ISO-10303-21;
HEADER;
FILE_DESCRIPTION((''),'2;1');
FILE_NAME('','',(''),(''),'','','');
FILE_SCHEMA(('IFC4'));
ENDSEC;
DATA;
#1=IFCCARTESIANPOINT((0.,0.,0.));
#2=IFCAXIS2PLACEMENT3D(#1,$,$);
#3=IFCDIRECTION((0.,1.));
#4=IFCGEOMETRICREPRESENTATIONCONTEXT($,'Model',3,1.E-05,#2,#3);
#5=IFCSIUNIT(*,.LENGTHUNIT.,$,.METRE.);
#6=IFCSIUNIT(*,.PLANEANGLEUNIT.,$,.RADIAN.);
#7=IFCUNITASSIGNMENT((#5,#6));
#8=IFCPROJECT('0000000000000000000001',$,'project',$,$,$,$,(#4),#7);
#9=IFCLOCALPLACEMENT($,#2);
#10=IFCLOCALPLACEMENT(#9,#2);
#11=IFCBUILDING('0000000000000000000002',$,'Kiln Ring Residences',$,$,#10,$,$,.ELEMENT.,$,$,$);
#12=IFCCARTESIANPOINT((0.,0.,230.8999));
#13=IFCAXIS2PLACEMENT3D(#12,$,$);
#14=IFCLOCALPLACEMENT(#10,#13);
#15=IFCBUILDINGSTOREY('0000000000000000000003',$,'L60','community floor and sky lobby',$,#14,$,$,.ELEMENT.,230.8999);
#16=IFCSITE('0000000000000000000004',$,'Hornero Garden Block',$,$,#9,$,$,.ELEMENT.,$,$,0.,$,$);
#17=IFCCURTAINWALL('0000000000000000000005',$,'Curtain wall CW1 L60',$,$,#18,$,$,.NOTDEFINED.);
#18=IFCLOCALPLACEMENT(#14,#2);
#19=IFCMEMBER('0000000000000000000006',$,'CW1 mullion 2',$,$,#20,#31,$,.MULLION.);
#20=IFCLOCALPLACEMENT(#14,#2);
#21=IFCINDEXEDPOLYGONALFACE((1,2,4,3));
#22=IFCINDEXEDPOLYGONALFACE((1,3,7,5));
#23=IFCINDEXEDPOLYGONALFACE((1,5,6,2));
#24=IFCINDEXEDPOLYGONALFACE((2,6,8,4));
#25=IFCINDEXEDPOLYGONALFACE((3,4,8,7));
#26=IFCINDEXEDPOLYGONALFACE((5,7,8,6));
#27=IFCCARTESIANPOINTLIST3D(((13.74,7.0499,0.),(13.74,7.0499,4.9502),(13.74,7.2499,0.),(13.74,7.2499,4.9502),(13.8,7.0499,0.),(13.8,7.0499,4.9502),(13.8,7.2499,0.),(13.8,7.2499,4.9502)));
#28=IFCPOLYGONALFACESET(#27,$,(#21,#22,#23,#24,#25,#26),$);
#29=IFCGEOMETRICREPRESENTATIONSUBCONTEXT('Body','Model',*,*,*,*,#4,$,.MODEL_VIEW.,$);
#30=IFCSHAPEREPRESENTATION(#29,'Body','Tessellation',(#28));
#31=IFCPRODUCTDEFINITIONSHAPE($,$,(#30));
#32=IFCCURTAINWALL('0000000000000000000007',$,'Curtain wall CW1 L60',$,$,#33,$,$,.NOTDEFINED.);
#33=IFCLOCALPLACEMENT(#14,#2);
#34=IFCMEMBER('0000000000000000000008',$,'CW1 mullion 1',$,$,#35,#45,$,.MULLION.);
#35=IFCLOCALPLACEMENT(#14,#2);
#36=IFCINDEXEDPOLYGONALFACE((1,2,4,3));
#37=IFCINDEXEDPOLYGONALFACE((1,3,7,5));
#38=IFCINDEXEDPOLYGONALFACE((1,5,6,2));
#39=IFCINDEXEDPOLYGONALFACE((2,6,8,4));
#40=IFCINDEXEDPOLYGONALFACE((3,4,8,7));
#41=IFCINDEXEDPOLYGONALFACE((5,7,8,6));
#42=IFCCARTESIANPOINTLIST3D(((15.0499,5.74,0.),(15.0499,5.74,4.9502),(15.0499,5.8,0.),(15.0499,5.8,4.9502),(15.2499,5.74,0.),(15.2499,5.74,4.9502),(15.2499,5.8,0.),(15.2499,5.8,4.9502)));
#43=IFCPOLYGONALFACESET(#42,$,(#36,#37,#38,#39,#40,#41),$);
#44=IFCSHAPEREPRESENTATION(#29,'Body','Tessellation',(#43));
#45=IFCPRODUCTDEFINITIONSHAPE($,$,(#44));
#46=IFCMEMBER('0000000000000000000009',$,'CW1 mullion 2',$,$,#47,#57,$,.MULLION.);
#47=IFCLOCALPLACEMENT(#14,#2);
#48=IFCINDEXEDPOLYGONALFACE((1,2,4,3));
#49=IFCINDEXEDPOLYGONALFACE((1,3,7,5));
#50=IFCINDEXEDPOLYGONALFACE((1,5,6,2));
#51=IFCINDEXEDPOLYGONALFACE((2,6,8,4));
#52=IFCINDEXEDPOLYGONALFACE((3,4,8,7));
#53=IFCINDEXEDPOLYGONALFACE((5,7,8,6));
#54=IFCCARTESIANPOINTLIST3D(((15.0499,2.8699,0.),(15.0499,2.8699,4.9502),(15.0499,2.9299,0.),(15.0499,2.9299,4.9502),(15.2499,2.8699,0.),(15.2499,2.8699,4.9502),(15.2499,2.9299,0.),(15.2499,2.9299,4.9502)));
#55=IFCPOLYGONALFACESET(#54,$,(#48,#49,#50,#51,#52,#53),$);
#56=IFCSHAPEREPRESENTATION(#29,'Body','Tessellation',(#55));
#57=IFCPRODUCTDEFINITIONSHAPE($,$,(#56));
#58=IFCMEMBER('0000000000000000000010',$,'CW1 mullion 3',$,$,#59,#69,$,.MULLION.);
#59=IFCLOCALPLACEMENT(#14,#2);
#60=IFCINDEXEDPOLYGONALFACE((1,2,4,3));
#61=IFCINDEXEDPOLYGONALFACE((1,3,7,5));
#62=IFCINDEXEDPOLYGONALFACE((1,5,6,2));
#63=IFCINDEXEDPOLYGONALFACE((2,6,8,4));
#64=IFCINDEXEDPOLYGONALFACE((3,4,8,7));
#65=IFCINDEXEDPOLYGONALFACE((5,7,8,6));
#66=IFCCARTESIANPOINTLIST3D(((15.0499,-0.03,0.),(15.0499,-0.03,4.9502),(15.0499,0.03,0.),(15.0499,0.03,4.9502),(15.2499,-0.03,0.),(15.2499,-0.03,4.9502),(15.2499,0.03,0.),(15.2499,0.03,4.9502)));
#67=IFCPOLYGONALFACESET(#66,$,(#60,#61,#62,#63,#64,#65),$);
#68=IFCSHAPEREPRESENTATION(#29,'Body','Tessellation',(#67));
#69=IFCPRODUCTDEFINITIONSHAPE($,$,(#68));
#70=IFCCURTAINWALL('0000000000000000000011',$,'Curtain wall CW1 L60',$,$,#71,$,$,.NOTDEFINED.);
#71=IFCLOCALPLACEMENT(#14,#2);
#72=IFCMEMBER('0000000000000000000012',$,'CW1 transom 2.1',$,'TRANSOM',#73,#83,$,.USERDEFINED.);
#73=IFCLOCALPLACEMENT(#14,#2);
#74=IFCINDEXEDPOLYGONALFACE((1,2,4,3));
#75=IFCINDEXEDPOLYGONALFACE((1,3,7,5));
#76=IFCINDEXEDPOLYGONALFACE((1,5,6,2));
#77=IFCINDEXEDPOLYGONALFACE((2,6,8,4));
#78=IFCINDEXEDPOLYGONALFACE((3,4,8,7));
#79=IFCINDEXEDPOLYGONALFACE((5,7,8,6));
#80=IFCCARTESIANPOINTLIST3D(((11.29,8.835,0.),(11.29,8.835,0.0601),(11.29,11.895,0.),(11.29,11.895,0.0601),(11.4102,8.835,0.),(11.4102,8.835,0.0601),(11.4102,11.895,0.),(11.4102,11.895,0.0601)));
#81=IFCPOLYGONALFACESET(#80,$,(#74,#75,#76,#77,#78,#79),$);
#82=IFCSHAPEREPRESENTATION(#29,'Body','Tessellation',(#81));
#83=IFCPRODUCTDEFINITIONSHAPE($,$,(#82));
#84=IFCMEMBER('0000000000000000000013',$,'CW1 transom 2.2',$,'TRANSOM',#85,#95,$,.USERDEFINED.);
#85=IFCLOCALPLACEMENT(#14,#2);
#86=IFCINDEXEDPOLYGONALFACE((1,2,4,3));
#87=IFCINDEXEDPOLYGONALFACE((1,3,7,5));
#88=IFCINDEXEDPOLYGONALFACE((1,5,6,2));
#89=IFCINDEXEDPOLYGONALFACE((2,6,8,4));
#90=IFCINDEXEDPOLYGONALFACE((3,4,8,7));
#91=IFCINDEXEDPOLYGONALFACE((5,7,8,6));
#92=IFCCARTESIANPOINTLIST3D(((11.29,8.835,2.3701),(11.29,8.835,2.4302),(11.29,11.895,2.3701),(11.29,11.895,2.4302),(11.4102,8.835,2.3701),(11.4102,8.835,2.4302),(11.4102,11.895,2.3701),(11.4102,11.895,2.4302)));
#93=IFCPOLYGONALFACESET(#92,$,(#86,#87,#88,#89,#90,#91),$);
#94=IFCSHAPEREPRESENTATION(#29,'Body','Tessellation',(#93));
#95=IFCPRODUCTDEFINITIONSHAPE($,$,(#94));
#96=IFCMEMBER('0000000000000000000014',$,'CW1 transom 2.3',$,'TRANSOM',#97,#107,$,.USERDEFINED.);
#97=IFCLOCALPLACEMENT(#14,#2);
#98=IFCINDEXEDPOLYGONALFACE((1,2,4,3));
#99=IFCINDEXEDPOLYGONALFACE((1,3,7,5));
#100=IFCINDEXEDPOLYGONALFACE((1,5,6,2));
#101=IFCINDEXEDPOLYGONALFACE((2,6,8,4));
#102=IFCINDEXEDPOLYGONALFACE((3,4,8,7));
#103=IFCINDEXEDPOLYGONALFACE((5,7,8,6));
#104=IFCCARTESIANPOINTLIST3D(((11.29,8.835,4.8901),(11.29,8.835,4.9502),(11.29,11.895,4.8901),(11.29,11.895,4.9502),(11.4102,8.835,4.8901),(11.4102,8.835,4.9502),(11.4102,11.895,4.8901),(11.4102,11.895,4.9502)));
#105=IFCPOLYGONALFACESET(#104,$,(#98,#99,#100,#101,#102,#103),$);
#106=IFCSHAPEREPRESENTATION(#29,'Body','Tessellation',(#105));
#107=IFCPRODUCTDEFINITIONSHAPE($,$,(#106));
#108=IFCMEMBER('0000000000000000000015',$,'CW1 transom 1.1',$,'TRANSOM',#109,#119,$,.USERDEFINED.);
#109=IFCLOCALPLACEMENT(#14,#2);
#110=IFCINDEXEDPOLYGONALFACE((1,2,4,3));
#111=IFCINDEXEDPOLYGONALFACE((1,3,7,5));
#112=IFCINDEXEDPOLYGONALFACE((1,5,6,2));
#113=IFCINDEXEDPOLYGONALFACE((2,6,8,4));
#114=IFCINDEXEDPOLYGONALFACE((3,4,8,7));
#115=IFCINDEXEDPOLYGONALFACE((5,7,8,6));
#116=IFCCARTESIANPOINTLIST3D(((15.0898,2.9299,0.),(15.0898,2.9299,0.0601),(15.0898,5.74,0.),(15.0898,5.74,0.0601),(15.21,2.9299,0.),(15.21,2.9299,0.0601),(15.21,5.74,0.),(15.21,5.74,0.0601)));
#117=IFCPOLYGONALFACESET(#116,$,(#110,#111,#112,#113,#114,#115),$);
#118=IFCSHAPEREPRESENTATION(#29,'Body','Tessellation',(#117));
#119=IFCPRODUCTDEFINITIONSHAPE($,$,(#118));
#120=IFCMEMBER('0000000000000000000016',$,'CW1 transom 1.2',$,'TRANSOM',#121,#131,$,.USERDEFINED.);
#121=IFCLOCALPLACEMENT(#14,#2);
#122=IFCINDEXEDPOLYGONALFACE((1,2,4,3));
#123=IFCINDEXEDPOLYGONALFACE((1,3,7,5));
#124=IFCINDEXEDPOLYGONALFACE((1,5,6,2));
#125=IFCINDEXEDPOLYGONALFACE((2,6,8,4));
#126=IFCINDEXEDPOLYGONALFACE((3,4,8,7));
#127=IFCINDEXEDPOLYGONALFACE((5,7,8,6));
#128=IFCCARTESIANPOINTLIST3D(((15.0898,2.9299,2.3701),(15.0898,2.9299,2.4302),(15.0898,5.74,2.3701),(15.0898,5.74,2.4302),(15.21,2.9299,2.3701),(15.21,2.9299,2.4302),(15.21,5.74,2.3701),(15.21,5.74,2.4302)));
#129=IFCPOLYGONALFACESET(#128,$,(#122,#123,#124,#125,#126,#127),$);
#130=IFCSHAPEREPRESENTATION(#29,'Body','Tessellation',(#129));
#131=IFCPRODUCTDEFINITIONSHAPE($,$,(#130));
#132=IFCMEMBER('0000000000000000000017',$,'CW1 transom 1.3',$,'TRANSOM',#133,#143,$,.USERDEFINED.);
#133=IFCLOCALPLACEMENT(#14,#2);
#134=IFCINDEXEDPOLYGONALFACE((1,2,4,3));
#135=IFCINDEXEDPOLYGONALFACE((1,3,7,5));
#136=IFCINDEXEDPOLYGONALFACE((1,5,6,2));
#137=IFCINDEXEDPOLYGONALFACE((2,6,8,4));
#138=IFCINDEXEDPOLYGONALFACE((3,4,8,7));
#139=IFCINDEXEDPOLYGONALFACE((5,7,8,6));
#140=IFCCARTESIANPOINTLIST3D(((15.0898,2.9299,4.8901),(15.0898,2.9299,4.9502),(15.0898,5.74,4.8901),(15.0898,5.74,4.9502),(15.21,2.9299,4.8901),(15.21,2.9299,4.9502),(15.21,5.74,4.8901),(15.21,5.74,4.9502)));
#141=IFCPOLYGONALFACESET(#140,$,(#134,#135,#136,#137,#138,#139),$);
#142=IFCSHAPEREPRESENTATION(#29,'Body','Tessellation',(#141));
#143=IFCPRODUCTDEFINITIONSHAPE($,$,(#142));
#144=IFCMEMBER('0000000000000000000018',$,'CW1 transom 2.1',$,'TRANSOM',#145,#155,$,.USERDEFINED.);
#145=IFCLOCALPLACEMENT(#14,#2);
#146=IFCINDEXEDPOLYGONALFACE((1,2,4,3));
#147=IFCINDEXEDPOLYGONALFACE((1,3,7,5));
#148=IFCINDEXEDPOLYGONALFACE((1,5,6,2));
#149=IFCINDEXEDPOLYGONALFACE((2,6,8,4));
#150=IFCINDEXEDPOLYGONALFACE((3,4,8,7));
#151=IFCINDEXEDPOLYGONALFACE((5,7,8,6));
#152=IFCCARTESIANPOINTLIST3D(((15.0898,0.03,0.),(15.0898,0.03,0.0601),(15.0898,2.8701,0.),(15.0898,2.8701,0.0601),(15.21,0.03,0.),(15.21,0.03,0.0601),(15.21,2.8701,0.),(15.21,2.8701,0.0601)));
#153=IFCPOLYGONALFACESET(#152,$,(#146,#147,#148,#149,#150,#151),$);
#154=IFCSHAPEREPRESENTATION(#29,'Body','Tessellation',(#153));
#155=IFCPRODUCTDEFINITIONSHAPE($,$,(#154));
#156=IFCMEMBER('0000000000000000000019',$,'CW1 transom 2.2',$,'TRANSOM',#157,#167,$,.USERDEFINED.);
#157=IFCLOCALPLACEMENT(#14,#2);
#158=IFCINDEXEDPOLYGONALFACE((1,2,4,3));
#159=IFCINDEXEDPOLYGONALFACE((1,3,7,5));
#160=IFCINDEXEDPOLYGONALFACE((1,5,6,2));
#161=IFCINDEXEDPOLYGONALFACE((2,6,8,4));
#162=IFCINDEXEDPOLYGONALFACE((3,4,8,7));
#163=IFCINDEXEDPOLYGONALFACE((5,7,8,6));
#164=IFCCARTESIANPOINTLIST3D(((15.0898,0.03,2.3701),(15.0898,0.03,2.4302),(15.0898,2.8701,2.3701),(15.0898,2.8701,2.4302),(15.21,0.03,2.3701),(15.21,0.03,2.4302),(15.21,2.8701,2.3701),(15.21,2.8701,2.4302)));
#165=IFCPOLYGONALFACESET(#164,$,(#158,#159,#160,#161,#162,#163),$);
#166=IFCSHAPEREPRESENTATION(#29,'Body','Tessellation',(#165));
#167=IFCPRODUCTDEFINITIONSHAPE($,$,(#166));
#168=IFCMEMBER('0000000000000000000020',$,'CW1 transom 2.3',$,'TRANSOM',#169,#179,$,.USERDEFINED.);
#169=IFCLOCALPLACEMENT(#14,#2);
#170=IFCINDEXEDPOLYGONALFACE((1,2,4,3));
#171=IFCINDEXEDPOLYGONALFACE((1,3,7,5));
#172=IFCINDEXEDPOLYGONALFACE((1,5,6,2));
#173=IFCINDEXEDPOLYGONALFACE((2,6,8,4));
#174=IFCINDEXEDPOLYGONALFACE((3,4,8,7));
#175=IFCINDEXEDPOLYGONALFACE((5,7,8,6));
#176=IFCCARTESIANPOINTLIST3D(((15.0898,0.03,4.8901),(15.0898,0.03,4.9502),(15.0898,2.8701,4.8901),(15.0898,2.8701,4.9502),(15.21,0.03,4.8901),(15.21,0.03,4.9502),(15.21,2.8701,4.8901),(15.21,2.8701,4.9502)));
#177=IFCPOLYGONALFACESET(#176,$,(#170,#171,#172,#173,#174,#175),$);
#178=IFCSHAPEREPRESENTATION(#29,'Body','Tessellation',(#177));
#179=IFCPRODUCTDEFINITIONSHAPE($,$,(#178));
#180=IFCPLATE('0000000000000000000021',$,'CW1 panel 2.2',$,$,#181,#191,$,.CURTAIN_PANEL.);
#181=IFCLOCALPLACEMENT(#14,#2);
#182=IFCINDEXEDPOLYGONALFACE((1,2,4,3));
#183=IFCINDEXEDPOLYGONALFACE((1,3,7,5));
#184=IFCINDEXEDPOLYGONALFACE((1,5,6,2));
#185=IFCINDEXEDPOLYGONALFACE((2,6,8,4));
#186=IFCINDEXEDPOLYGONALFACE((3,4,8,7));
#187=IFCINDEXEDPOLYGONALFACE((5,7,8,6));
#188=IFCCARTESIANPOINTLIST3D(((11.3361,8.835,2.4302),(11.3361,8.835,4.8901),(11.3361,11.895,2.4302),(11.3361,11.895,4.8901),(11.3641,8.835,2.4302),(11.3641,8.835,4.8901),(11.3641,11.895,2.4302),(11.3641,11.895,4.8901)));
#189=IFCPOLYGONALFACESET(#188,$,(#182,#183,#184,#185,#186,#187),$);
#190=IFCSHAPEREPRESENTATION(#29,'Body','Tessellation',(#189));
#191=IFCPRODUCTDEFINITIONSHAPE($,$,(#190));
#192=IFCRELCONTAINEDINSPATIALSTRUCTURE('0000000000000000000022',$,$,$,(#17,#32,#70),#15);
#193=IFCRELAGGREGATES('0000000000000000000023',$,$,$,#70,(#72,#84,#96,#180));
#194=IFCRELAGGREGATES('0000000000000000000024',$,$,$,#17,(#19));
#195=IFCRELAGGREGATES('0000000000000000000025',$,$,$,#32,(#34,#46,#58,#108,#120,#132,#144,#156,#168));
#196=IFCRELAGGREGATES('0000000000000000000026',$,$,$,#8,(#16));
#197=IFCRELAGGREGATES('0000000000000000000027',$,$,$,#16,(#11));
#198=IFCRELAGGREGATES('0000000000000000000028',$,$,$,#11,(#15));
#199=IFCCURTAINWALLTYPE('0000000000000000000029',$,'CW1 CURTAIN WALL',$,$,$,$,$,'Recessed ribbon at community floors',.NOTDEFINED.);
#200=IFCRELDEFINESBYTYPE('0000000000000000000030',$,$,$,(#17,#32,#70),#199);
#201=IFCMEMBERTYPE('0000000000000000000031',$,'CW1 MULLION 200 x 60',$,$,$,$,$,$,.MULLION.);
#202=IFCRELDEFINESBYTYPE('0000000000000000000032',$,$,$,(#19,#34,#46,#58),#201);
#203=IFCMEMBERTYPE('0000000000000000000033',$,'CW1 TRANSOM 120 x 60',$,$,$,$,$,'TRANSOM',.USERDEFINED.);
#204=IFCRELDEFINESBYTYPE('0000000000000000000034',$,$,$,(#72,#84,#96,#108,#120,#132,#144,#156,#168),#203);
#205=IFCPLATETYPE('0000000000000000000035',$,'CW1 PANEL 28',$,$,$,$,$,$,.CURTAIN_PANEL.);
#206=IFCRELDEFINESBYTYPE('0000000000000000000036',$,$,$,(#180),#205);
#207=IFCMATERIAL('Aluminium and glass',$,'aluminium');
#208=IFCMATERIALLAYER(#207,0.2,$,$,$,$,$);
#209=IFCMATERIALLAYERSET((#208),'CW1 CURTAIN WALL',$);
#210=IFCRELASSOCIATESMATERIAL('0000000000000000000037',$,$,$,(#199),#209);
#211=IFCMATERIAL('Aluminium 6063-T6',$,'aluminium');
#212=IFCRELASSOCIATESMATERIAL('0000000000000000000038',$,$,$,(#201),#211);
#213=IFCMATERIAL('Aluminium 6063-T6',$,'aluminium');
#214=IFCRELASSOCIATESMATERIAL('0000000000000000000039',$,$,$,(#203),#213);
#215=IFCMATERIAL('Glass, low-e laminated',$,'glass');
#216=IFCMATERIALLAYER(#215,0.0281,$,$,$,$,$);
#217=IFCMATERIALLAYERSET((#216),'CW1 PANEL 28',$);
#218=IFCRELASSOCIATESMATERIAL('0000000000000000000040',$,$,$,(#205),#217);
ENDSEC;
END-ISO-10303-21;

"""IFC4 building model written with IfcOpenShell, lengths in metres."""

from ifc_helpers import new_model, si_unit, direction, frame, origin, origin_2d, place, context, subcontext, project, spatial, rectangle, extrude, material, layer, layer_set, material_profile, profile_set, type_object, element, aggregate, save


model = new_model("IFC4")

# Units and contexts
model_context = context("Model", 3, precision=1e-05, world=origin(), true_north=direction((0.0, 1.0)))
body_context = subcontext(model_context, "Body", "Model", "MODEL_VIEW")
ifc_project = project(units=[si_unit("LENGTHUNIT", "METRE"), si_unit("PLANEANGLEUNIT", "RADIAN")], contexts=[model_context])

# Site, building, storey
site_placement = place(None, origin())
site = spatial("IfcSite", under=ifc_project, at=site_placement, Name="Hornero Garden Block", CompositionType="ELEMENT", RefElevation=0.0)
building_placement = place(site_placement, origin())
building = spatial("IfcBuilding", under=site, at=building_placement, Name="Kiln Ring Residences", CompositionType="ELEMENT")
storey_placement = place(building_placement, frame((0.0, 0.0, 230.8999)))
storey = spatial("IfcBuildingStorey", under=building, at=storey_placement, Name="L60", Description="community floor and sky lobby", CompositionType="ELEMENT", Elevation=230.8999)

# Curtain wall, member
ifc_material_1 = material(Name="Aluminium and glass", Category="aluminium")
ifc_layer_1 = layer(ifc_material_1, 0.2)
ifc_layer_set_1 = layer_set([ifc_layer_1], Name="CW1 CURTAIN WALL")
curtain_wall_type = type_object("IfcCurtainWallType", Name="CW1 CURTAIN WALL", ElementType="Recessed ribbon at community floors", PredefinedType="NOTDEFINED", material=ifc_layer_set_1)
placement = place(storey_placement, origin())
curtain_wall_1 = element("IfcCurtainWall", 1, at=placement, inside=storey, type_object=curtain_wall_type, Name="Curtain wall CW1 L60", PredefinedType="NOTDEFINED")
ifc_material_2 = material(Name="Aluminium 6063-T6", Category="aluminium")
ifc_material_profile_1 = material_profile(ifc_material_2, rectangle(XDim=0.2, YDim=0.0601, at=origin_2d()), Name="AL 200x60")
ifc_profile_set_1 = profile_set([ifc_material_profile_1], Name="Aluminium 6063-T6")
member_type_1 = type_object("IfcMemberType", Name="CW1 MULLION 200 x 60", PredefinedType="MULLION", material=ifc_profile_set_1)
member_1_placement = place(storey_placement, frame((13.77, 7.1499, 0.0), z_axis=(0.0, 0.0, 1.0), x_axis=(0.0, 1.0, 0.0)))
member_1 = element("IfcMember", 2, at=member_1_placement, type_object=member_type_1, Name="CW1 mullion 2", PredefinedType="MULLION", context=body_context, shape_type="SweptSolid", body=[
    extrude(rectangle(XDim=0.2, YDim=0.0601, at=origin_2d()), origin(), (0.0, 0.0, 1.0), 4.9502),
])

# Curtain walls, members
curtain_wall_2 = element("IfcCurtainWall", 3, at=placement, inside=storey, type_object=curtain_wall_type, Name="Curtain wall CW1 L60", PredefinedType="NOTDEFINED")
member_2_placement = place(storey_placement, frame((15.1499, 5.77, 0.0), z_axis=(0.0, 0.0, 1.0), x_axis=(1.0, 0.0, 0.0)))
member_2 = element("IfcMember", 4, at=member_2_placement, type_object=member_type_1, Name="CW1 mullion 1", PredefinedType="MULLION", context=body_context, shape_type="SweptSolid", body=[
    extrude(rectangle(XDim=0.2, YDim=0.0601, at=origin_2d()), origin(), (0.0, 0.0, 1.0), 4.9502),
])
member_3_placement = place(storey_placement, frame((15.1499, 2.8999, 0.0), z_axis=(0.0, 0.0, 1.0), x_axis=(1.0, 0.0, 0.0)))
member_3 = element("IfcMember", 5, at=member_3_placement, type_object=member_type_1, Name="CW1 mullion 2", PredefinedType="MULLION", context=body_context, shape_type="SweptSolid", body=[
    extrude(rectangle(XDim=0.2, YDim=0.0601, at=origin_2d()), origin(), (0.0, 0.0, 1.0), 4.9502),
])
member_4_placement = place(storey_placement, frame((15.1499, 0.0, 0.0), z_axis=(0.0, 0.0, 1.0), x_axis=(1.0, 0.0, 0.0)))
member_4 = element("IfcMember", 6, at=member_4_placement, type_object=member_type_1, Name="CW1 mullion 3", PredefinedType="MULLION", context=body_context, shape_type="SweptSolid", body=[
    extrude(rectangle(XDim=0.2, YDim=0.0601, at=origin_2d()), origin(), (0.0, 0.0, 1.0), 4.9502),
])
curtain_wall_3 = element("IfcCurtainWall", 7, at=placement, inside=storey, type_object=curtain_wall_type, Name="Curtain wall CW1 L60", PredefinedType="NOTDEFINED")
ifc_material_3 = material(Name="Aluminium 6063-T6", Category="aluminium")
ifc_material_profile_2 = material_profile(ifc_material_3, rectangle(XDim=0.1201, YDim=0.0601, at=origin_2d()), Name="AL 120x60")
ifc_profile_set_2 = profile_set([ifc_material_profile_2], Name="Aluminium 6063-T6")
member_type_2 = type_object("IfcMemberType", Name="CW1 TRANSOM 120 x 60", ElementType="TRANSOM", PredefinedType="USERDEFINED", material=ifc_profile_set_2)
member_5_placement = place(storey_placement, frame((11.3501, 11.895, 0.03), z_axis=(0.0, -1.0, 0.0), x_axis=(1.0, 0.0, 0.0)))
member_5 = element("IfcMember", 8, at=member_5_placement, type_object=member_type_2, Name="CW1 transom 2.1", ObjectType="TRANSOM", PredefinedType="USERDEFINED", context=body_context, shape_type="SweptSolid", body=[
    extrude(rectangle(XDim=0.1201, YDim=0.0601, at=origin_2d()), origin(), (0.0, 0.0, 1.0), 3.0601),
])
member_6_placement = place(storey_placement, frame((11.3501, 11.895, 2.4001), z_axis=(0.0, -1.0, 0.0), x_axis=(1.0, 0.0, 0.0)))
member_6 = element("IfcMember", 9, at=member_6_placement, type_object=member_type_2, Name="CW1 transom 2.2", ObjectType="TRANSOM", PredefinedType="USERDEFINED", context=body_context, shape_type="SweptSolid", body=[
    extrude(rectangle(XDim=0.1201, YDim=0.0601, at=origin_2d()), origin(), (0.0, 0.0, 1.0), 3.0601),
])
member_7_placement = place(storey_placement, frame((11.3501, 11.895, 4.9202), z_axis=(0.0, -1.0, 0.0), x_axis=(1.0, 0.0, 0.0)))
member_7 = element("IfcMember", 10, at=member_7_placement, type_object=member_type_2, Name="CW1 transom 2.3", ObjectType="TRANSOM", PredefinedType="USERDEFINED", context=body_context, shape_type="SweptSolid", body=[
    extrude(rectangle(XDim=0.1201, YDim=0.0601, at=origin_2d()), origin(), (0.0, 0.0, 1.0), 3.0601),
])

# Members
member_8_placement = place(storey_placement, frame((15.1499, 5.74, 0.03), z_axis=(0.0, -1.0, 0.0), x_axis=(1.0, 0.0, 0.0)))
member_8 = element("IfcMember", 11, at=member_8_placement, type_object=member_type_2, Name="CW1 transom 1.1", ObjectType="TRANSOM", PredefinedType="USERDEFINED", context=body_context, shape_type="SweptSolid", body=[
    extrude(rectangle(XDim=0.1201, YDim=0.0601, at=origin_2d()), origin(), (0.0, 0.0, 1.0), 2.8101),
])
member_9_placement = place(storey_placement, frame((15.1499, 5.74, 2.4001), z_axis=(0.0, -1.0, 0.0), x_axis=(1.0, 0.0, 0.0)))
member_9 = element("IfcMember", 12, at=member_9_placement, type_object=member_type_2, Name="CW1 transom 1.2", ObjectType="TRANSOM", PredefinedType="USERDEFINED", context=body_context, shape_type="SweptSolid", body=[
    extrude(rectangle(XDim=0.1201, YDim=0.0601, at=origin_2d()), origin(), (0.0, 0.0, 1.0), 2.8101),
])
member_10_placement = place(storey_placement, frame((15.1499, 5.74, 4.9202), z_axis=(0.0, -1.0, 0.0), x_axis=(1.0, 0.0, 0.0)))
member_10 = element("IfcMember", 13, at=member_10_placement, type_object=member_type_2, Name="CW1 transom 1.3", ObjectType="TRANSOM", PredefinedType="USERDEFINED", context=body_context, shape_type="SweptSolid", body=[
    extrude(rectangle(XDim=0.1201, YDim=0.0601, at=origin_2d()), origin(), (0.0, 0.0, 1.0), 2.8101),
])
member_11_placement = place(storey_placement, frame((15.1499, 2.8701, 0.03), z_axis=(0.0, -1.0, 0.0), x_axis=(1.0, 0.0, 0.0)))
member_11 = element("IfcMember", 14, at=member_11_placement, type_object=member_type_2, Name="CW1 transom 2.1", ObjectType="TRANSOM", PredefinedType="USERDEFINED", context=body_context, shape_type="SweptSolid", body=[
    extrude(rectangle(XDim=0.1201, YDim=0.0601, at=origin_2d()), origin(), (0.0, 0.0, 1.0), 2.8401),
])
member_12_placement = place(storey_placement, frame((15.1499, 2.8701, 2.4001), z_axis=(0.0, -1.0, 0.0), x_axis=(1.0, 0.0, 0.0)))
member_12 = element("IfcMember", 15, at=member_12_placement, type_object=member_type_2, Name="CW1 transom 2.2", ObjectType="TRANSOM", PredefinedType="USERDEFINED", context=body_context, shape_type="SweptSolid", body=[
    extrude(rectangle(XDim=0.1201, YDim=0.0601, at=origin_2d()), origin(), (0.0, 0.0, 1.0), 2.8401),
])
member_13_placement = place(storey_placement, frame((15.1499, 2.8701, 4.9202), z_axis=(0.0, -1.0, 0.0), x_axis=(1.0, 0.0, 0.0)))
member_13 = element("IfcMember", 16, at=member_13_placement, type_object=member_type_2, Name="CW1 transom 2.3", ObjectType="TRANSOM", PredefinedType="USERDEFINED", context=body_context, shape_type="SweptSolid", body=[
    extrude(rectangle(XDim=0.1201, YDim=0.0601, at=origin_2d()), origin(), (0.0, 0.0, 1.0), 2.8401),
])

# Plate
ifc_material_4 = material(Name="Glass, low-e laminated", Category="glass")
ifc_layer_2 = layer(ifc_material_4, 0.0281)
ifc_layer_set_2 = layer_set([ifc_layer_2], Name="CW1 PANEL 28")
plate_type = type_object("IfcPlateType", Name="CW1 PANEL 28", PredefinedType="CURTAIN_PANEL", material=ifc_layer_set_2)
plate_1_placement = place(storey_placement, frame((11.3501, 10.365, 2.4302), z_axis=(0.0, 0.0, 1.0), x_axis=(0.0, -1.0, 0.0)))
plate_1 = element("IfcPlate", 17, at=plate_1_placement, type_object=plate_type, Name="CW1 panel 2.2", PredefinedType="CURTAIN_PANEL", context=body_context, shape_type="SweptSolid", body=[
    extrude(rectangle(XDim=3.0601, YDim=0.0281, at=origin_2d()), origin(), (0.0, 0.0, 1.0), 2.46),
])
aggregate(curtain_wall_3, [member_5, member_6, member_7, plate_1])
aggregate(curtain_wall_1, [member_1])
aggregate(curtain_wall_2, [member_2, member_3, member_4, member_8, member_9, member_10, member_11, member_12, member_13])

save(model, "model.ifc")
